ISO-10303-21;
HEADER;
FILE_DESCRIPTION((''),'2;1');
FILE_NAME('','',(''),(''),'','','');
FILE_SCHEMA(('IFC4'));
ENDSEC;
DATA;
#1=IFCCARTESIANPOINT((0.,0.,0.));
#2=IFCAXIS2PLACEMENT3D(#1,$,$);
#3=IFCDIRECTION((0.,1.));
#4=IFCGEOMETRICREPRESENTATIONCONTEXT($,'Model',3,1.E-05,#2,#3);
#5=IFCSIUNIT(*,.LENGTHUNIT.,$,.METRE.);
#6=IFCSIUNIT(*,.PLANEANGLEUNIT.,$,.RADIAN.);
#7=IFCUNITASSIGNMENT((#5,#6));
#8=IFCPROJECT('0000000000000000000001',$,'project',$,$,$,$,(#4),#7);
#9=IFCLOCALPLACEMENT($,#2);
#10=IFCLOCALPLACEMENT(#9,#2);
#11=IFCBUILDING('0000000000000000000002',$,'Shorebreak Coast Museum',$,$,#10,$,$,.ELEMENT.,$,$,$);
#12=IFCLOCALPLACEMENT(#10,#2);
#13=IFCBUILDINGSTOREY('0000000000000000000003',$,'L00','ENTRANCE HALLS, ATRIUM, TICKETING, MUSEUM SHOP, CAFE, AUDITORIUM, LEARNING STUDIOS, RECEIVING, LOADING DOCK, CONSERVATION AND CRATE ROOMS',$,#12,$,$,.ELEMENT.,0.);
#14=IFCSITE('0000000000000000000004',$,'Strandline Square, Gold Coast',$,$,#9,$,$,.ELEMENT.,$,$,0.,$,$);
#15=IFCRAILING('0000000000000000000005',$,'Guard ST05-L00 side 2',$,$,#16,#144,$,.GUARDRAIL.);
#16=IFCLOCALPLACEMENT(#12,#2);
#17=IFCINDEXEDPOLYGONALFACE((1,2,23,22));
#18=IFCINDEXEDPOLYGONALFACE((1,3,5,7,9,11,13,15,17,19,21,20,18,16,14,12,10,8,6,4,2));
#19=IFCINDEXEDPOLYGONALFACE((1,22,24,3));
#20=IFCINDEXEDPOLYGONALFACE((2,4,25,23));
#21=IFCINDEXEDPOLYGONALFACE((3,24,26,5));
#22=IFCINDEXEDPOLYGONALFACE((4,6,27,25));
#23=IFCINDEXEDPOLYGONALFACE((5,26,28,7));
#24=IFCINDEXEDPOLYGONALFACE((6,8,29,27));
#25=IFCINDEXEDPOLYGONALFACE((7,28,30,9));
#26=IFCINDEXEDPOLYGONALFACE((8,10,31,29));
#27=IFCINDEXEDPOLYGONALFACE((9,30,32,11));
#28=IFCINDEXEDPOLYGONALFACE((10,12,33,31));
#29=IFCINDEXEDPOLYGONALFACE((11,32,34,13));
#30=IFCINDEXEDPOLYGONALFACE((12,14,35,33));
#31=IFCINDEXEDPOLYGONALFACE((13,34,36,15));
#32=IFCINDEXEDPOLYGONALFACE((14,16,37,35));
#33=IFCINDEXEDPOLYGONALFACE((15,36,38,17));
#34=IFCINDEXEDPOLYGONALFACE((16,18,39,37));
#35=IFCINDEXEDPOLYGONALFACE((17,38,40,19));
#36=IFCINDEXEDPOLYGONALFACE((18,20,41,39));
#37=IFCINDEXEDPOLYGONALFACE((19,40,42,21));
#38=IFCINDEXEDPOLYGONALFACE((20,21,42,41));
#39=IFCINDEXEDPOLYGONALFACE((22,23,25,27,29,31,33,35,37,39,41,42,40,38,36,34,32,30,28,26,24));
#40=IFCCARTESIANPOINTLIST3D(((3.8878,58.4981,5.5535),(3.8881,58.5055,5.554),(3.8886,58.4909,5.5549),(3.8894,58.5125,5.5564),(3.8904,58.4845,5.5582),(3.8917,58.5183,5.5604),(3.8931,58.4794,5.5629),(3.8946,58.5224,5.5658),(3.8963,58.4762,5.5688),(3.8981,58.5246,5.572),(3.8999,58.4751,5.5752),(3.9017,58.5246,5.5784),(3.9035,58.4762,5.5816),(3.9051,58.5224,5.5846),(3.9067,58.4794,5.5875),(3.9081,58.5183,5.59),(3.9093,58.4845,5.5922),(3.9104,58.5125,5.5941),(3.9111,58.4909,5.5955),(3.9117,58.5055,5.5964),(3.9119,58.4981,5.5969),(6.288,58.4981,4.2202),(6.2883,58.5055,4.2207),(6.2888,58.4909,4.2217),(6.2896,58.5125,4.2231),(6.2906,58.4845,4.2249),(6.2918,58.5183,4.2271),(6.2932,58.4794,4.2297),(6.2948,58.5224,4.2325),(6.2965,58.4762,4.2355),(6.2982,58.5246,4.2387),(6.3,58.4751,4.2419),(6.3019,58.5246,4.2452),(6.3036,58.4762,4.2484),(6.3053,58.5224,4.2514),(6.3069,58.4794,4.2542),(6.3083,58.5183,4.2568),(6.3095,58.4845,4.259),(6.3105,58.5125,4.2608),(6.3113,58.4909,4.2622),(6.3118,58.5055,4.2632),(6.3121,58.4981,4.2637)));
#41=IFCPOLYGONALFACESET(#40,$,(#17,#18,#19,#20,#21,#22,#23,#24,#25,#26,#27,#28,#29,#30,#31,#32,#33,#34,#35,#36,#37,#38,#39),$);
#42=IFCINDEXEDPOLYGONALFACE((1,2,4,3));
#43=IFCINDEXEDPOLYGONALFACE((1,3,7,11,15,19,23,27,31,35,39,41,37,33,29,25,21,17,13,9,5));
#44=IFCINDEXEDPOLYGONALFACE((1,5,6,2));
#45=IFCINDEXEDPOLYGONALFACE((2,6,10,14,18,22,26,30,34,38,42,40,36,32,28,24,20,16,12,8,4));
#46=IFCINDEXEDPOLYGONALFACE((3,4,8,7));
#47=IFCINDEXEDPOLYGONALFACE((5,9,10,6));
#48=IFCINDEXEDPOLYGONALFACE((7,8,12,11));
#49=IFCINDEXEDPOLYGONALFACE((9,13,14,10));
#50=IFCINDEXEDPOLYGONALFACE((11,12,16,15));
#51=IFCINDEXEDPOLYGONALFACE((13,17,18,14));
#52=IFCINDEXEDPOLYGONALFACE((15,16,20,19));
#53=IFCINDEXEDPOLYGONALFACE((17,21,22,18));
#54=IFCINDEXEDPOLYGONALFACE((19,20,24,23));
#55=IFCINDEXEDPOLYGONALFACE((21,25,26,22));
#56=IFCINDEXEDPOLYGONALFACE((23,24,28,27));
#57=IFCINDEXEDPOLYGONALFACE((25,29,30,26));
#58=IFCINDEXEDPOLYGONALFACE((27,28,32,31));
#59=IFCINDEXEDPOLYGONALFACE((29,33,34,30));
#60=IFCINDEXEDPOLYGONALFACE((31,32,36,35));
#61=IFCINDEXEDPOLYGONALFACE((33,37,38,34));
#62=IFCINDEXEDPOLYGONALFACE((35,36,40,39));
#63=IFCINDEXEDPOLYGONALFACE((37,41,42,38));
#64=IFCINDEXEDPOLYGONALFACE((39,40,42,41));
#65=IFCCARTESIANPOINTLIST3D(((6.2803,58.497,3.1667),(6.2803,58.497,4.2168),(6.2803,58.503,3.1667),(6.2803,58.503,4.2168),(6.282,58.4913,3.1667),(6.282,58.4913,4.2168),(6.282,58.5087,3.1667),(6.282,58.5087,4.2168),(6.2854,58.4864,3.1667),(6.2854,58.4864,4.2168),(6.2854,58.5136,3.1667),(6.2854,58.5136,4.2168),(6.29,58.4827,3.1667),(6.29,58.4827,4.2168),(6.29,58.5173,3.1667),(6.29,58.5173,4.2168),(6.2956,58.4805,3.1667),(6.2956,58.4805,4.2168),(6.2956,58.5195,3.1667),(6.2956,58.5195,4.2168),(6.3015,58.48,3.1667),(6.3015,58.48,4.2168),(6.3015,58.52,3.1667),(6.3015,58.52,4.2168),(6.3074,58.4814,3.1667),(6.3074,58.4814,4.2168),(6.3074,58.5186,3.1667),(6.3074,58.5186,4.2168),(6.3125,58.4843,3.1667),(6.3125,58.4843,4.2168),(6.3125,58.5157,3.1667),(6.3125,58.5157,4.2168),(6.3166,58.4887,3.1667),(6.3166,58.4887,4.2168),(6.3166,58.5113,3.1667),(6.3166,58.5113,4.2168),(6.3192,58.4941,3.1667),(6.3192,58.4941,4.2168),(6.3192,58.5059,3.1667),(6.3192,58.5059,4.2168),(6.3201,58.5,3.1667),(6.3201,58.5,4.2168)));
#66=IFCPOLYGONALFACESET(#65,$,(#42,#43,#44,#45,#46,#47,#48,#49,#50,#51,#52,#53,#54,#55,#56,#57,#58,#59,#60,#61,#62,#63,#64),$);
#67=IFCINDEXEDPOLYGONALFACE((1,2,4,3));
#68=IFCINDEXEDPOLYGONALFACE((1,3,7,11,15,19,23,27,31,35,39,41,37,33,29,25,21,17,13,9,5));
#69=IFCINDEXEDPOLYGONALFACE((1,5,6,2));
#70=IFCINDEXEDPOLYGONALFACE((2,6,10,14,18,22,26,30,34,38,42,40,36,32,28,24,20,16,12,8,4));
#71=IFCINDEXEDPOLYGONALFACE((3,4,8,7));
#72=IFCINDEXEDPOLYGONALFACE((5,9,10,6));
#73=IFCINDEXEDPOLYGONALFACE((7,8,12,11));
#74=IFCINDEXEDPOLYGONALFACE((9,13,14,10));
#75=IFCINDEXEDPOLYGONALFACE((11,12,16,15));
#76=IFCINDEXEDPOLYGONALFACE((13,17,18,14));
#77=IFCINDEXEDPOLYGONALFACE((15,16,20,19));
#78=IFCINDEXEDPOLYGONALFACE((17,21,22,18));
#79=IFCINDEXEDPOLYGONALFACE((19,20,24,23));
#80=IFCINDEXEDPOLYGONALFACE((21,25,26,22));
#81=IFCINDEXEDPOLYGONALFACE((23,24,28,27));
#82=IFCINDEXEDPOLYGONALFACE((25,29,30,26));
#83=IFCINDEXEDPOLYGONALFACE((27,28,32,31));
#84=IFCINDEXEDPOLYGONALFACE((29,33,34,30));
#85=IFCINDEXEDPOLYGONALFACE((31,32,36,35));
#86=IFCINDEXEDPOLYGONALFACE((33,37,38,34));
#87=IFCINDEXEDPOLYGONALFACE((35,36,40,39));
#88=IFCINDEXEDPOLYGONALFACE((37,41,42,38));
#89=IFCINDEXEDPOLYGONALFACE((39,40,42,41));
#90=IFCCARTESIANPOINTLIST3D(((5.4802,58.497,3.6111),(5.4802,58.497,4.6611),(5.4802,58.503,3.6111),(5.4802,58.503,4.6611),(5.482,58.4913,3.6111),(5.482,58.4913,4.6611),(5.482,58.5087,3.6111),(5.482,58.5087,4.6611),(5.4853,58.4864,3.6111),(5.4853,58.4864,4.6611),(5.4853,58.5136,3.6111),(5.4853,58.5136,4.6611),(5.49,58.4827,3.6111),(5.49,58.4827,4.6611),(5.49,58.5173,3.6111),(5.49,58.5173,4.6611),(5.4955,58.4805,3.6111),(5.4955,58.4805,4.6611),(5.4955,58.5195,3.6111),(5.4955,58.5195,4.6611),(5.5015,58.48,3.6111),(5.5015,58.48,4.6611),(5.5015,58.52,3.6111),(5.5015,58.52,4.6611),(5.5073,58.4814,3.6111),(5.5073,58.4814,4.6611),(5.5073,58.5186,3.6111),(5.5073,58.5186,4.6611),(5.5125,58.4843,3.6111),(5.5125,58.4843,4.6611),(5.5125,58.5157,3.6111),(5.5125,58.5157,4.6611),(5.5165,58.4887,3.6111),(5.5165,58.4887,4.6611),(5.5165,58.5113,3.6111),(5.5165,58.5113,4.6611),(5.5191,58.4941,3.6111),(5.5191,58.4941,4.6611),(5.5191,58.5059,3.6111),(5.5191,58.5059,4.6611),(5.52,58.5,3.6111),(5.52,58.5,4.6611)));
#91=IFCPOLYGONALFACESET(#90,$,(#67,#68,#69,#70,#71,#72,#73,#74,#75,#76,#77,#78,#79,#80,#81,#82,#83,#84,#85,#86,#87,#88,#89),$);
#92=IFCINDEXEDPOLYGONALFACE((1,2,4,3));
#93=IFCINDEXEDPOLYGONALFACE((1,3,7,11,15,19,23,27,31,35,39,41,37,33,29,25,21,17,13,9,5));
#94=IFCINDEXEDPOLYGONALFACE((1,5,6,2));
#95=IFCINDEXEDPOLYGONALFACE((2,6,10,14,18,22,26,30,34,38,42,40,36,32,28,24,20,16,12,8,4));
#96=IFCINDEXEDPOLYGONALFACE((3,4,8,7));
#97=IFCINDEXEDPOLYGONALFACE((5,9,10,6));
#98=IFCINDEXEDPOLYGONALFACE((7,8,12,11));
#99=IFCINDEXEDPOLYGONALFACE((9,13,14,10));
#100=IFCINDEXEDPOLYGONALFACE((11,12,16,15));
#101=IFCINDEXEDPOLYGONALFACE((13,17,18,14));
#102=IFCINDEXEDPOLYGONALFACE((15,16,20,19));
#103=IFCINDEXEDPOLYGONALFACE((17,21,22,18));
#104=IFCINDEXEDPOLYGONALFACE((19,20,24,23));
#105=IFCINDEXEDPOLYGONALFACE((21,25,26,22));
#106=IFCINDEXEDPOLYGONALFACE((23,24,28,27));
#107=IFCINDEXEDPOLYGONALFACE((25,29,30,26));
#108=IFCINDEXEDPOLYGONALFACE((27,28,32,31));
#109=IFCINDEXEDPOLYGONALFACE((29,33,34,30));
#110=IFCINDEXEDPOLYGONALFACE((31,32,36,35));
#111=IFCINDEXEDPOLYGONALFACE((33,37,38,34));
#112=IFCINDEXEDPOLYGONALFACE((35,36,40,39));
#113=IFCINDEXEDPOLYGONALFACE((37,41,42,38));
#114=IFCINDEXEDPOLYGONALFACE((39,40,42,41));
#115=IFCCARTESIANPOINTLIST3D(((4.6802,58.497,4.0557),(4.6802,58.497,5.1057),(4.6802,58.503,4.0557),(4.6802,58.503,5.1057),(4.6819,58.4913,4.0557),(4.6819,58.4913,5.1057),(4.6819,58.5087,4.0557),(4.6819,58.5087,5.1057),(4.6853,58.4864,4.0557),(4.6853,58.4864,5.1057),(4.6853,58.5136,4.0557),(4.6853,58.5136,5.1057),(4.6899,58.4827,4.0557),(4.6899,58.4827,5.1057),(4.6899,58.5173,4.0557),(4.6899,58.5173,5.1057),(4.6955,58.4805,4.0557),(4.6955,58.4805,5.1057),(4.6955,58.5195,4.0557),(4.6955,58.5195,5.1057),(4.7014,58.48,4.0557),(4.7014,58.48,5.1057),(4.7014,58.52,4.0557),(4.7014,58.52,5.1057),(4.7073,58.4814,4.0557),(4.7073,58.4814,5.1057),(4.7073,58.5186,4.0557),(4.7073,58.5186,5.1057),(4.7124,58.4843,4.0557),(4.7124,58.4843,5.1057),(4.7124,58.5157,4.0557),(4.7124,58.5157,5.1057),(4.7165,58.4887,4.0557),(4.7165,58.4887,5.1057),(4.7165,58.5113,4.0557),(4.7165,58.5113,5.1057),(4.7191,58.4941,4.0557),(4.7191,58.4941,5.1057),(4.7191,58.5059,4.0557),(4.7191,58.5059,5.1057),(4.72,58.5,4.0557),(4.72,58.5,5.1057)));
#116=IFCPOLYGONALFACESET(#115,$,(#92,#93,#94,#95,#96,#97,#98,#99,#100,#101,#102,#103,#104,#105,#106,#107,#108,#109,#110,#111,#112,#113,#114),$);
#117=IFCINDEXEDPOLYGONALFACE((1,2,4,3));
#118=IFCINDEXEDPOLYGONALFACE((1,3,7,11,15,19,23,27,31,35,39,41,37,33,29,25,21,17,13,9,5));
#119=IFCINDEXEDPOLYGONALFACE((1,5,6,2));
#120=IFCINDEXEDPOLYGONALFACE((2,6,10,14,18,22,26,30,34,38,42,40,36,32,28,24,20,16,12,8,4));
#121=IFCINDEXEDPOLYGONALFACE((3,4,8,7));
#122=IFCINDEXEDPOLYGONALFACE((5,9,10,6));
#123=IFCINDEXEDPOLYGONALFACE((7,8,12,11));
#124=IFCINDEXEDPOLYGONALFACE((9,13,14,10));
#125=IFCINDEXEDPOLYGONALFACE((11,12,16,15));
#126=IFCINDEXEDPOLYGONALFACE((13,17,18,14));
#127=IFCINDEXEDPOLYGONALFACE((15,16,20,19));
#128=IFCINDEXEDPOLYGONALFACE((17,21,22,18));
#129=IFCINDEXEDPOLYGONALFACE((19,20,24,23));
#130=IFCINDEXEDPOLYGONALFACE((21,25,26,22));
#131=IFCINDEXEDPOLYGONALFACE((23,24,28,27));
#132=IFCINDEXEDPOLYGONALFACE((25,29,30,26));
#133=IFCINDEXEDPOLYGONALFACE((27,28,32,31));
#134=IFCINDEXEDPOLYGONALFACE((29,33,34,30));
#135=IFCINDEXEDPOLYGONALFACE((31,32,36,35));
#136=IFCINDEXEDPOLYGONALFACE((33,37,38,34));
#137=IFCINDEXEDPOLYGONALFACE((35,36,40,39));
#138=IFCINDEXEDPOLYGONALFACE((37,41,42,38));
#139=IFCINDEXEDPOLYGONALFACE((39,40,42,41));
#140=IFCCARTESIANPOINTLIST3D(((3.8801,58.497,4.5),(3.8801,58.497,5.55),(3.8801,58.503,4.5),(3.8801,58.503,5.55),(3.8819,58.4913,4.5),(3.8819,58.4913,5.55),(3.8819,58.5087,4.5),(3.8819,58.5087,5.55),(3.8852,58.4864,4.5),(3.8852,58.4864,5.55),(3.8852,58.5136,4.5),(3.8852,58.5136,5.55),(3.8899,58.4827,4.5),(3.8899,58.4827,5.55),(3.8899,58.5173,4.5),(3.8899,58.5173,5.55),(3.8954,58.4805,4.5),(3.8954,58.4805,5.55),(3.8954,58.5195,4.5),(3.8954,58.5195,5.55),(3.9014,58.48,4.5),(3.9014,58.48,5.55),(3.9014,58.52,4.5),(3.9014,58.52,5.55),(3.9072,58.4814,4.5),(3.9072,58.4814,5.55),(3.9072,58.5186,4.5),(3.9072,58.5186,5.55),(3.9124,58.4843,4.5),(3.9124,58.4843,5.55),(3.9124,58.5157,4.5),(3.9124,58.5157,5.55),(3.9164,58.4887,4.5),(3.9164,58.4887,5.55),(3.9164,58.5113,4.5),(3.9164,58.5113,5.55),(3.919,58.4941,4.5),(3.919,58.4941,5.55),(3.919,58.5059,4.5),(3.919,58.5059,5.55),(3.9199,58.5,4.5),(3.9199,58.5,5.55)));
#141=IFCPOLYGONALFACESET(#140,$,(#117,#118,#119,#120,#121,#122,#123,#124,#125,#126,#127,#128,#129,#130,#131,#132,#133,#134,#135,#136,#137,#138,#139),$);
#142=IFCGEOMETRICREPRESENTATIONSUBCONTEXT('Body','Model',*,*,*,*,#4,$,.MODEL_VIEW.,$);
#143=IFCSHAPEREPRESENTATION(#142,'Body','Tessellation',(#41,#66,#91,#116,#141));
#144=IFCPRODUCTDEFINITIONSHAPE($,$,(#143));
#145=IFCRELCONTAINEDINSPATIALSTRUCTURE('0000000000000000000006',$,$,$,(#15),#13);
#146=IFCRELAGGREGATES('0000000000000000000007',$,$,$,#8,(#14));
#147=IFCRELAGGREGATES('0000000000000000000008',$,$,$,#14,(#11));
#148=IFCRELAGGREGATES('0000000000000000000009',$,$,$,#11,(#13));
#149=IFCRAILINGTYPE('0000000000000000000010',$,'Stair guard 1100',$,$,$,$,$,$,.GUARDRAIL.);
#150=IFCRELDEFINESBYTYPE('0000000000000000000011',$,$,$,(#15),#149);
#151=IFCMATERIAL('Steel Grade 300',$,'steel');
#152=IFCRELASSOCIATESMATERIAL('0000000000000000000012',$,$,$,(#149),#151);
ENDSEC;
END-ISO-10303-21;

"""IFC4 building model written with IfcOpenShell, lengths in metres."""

from ifc_helpers import new_model, si_unit, direction, frame, origin, origin_2d, place, context, subcontext, project, spatial, circle, extrude, material, type_object, element, save


model = new_model("IFC4")

# Units and contexts
model_context = context("Model", 3, precision=1e-05, world=origin(), true_north=direction((0.0, 1.0)))
body_context = subcontext(model_context, "Body", "Model", "MODEL_VIEW")
ifc_project = project(units=[si_unit("LENGTHUNIT", "METRE"), si_unit("PLANEANGLEUNIT", "RADIAN")], contexts=[model_context])

# Site, building, storey
site_placement = place(None, origin())
site = spatial("IfcSite", under=ifc_project, at=site_placement, Name="Strandline Square, Gold Coast", CompositionType="ELEMENT", RefElevation=0.0)
building_placement = place(site_placement, origin())
building = spatial("IfcBuilding", under=site, at=building_placement, Name="Shorebreak Coast Museum", CompositionType="ELEMENT")
storey_placement = place(building_placement, origin())
storey = spatial("IfcBuildingStorey", under=building, at=storey_placement, Name="L00", Description="ENTRANCE HALLS, ATRIUM, TICKETING, MUSEUM SHOP, CAFE, AUDITORIUM, LEARNING STUDIOS, RECEIVING, LOADING DOCK, CONSERVATION AND CRATE ROOMS", CompositionType="ELEMENT", Elevation=0.0)

# Railing
ifc_material_1 = material(Name="Steel Grade 300", Category="steel")
railing_type_1 = type_object("IfcRailingType", Name="Stair guard 1100", PredefinedType="GUARDRAIL", material=ifc_material_1)
railing_1_placement = place(storey_placement, frame((6.3, 58.5, 3.1667)))
element("IfcRailing", 1, at=railing_1_placement, inside=storey, type_object=railing_type_1, Name="Guard ST05-L00 side 2", PredefinedType="GUARDRAIL", context=body_context, shape_type="SweptSolid", body=[
    extrude(circle(Radius=0.0249, at=origin_2d()), frame((0.0, 0.0, 1.0752), z_axis=(-0.874182, 0.0, 0.485598), x_axis=(0.0, -1.0, 0.0)), (0.0, 0.0, 1.0), 2.7456),
    extrude(circle(Radius=0.02, at=origin_2d()), origin(), (0.0, 0.0, 1.0), 1.05),
    extrude(circle(Radius=0.02, at=origin_2d()), frame((-0.8, 0.0, 0.4443)), (0.0, 0.0, 1.0), 1.05),
    extrude(circle(Radius=0.02, at=origin_2d()), frame((-1.6001, 0.0, 0.8889)), (0.0, 0.0, 1.0), 1.05),
    extrude(circle(Radius=0.02, at=origin_2d()), frame((-2.4001, 0.0, 1.3333)), (0.0, 0.0, 1.0), 1.05),
])

save(model, "model.ifc")
